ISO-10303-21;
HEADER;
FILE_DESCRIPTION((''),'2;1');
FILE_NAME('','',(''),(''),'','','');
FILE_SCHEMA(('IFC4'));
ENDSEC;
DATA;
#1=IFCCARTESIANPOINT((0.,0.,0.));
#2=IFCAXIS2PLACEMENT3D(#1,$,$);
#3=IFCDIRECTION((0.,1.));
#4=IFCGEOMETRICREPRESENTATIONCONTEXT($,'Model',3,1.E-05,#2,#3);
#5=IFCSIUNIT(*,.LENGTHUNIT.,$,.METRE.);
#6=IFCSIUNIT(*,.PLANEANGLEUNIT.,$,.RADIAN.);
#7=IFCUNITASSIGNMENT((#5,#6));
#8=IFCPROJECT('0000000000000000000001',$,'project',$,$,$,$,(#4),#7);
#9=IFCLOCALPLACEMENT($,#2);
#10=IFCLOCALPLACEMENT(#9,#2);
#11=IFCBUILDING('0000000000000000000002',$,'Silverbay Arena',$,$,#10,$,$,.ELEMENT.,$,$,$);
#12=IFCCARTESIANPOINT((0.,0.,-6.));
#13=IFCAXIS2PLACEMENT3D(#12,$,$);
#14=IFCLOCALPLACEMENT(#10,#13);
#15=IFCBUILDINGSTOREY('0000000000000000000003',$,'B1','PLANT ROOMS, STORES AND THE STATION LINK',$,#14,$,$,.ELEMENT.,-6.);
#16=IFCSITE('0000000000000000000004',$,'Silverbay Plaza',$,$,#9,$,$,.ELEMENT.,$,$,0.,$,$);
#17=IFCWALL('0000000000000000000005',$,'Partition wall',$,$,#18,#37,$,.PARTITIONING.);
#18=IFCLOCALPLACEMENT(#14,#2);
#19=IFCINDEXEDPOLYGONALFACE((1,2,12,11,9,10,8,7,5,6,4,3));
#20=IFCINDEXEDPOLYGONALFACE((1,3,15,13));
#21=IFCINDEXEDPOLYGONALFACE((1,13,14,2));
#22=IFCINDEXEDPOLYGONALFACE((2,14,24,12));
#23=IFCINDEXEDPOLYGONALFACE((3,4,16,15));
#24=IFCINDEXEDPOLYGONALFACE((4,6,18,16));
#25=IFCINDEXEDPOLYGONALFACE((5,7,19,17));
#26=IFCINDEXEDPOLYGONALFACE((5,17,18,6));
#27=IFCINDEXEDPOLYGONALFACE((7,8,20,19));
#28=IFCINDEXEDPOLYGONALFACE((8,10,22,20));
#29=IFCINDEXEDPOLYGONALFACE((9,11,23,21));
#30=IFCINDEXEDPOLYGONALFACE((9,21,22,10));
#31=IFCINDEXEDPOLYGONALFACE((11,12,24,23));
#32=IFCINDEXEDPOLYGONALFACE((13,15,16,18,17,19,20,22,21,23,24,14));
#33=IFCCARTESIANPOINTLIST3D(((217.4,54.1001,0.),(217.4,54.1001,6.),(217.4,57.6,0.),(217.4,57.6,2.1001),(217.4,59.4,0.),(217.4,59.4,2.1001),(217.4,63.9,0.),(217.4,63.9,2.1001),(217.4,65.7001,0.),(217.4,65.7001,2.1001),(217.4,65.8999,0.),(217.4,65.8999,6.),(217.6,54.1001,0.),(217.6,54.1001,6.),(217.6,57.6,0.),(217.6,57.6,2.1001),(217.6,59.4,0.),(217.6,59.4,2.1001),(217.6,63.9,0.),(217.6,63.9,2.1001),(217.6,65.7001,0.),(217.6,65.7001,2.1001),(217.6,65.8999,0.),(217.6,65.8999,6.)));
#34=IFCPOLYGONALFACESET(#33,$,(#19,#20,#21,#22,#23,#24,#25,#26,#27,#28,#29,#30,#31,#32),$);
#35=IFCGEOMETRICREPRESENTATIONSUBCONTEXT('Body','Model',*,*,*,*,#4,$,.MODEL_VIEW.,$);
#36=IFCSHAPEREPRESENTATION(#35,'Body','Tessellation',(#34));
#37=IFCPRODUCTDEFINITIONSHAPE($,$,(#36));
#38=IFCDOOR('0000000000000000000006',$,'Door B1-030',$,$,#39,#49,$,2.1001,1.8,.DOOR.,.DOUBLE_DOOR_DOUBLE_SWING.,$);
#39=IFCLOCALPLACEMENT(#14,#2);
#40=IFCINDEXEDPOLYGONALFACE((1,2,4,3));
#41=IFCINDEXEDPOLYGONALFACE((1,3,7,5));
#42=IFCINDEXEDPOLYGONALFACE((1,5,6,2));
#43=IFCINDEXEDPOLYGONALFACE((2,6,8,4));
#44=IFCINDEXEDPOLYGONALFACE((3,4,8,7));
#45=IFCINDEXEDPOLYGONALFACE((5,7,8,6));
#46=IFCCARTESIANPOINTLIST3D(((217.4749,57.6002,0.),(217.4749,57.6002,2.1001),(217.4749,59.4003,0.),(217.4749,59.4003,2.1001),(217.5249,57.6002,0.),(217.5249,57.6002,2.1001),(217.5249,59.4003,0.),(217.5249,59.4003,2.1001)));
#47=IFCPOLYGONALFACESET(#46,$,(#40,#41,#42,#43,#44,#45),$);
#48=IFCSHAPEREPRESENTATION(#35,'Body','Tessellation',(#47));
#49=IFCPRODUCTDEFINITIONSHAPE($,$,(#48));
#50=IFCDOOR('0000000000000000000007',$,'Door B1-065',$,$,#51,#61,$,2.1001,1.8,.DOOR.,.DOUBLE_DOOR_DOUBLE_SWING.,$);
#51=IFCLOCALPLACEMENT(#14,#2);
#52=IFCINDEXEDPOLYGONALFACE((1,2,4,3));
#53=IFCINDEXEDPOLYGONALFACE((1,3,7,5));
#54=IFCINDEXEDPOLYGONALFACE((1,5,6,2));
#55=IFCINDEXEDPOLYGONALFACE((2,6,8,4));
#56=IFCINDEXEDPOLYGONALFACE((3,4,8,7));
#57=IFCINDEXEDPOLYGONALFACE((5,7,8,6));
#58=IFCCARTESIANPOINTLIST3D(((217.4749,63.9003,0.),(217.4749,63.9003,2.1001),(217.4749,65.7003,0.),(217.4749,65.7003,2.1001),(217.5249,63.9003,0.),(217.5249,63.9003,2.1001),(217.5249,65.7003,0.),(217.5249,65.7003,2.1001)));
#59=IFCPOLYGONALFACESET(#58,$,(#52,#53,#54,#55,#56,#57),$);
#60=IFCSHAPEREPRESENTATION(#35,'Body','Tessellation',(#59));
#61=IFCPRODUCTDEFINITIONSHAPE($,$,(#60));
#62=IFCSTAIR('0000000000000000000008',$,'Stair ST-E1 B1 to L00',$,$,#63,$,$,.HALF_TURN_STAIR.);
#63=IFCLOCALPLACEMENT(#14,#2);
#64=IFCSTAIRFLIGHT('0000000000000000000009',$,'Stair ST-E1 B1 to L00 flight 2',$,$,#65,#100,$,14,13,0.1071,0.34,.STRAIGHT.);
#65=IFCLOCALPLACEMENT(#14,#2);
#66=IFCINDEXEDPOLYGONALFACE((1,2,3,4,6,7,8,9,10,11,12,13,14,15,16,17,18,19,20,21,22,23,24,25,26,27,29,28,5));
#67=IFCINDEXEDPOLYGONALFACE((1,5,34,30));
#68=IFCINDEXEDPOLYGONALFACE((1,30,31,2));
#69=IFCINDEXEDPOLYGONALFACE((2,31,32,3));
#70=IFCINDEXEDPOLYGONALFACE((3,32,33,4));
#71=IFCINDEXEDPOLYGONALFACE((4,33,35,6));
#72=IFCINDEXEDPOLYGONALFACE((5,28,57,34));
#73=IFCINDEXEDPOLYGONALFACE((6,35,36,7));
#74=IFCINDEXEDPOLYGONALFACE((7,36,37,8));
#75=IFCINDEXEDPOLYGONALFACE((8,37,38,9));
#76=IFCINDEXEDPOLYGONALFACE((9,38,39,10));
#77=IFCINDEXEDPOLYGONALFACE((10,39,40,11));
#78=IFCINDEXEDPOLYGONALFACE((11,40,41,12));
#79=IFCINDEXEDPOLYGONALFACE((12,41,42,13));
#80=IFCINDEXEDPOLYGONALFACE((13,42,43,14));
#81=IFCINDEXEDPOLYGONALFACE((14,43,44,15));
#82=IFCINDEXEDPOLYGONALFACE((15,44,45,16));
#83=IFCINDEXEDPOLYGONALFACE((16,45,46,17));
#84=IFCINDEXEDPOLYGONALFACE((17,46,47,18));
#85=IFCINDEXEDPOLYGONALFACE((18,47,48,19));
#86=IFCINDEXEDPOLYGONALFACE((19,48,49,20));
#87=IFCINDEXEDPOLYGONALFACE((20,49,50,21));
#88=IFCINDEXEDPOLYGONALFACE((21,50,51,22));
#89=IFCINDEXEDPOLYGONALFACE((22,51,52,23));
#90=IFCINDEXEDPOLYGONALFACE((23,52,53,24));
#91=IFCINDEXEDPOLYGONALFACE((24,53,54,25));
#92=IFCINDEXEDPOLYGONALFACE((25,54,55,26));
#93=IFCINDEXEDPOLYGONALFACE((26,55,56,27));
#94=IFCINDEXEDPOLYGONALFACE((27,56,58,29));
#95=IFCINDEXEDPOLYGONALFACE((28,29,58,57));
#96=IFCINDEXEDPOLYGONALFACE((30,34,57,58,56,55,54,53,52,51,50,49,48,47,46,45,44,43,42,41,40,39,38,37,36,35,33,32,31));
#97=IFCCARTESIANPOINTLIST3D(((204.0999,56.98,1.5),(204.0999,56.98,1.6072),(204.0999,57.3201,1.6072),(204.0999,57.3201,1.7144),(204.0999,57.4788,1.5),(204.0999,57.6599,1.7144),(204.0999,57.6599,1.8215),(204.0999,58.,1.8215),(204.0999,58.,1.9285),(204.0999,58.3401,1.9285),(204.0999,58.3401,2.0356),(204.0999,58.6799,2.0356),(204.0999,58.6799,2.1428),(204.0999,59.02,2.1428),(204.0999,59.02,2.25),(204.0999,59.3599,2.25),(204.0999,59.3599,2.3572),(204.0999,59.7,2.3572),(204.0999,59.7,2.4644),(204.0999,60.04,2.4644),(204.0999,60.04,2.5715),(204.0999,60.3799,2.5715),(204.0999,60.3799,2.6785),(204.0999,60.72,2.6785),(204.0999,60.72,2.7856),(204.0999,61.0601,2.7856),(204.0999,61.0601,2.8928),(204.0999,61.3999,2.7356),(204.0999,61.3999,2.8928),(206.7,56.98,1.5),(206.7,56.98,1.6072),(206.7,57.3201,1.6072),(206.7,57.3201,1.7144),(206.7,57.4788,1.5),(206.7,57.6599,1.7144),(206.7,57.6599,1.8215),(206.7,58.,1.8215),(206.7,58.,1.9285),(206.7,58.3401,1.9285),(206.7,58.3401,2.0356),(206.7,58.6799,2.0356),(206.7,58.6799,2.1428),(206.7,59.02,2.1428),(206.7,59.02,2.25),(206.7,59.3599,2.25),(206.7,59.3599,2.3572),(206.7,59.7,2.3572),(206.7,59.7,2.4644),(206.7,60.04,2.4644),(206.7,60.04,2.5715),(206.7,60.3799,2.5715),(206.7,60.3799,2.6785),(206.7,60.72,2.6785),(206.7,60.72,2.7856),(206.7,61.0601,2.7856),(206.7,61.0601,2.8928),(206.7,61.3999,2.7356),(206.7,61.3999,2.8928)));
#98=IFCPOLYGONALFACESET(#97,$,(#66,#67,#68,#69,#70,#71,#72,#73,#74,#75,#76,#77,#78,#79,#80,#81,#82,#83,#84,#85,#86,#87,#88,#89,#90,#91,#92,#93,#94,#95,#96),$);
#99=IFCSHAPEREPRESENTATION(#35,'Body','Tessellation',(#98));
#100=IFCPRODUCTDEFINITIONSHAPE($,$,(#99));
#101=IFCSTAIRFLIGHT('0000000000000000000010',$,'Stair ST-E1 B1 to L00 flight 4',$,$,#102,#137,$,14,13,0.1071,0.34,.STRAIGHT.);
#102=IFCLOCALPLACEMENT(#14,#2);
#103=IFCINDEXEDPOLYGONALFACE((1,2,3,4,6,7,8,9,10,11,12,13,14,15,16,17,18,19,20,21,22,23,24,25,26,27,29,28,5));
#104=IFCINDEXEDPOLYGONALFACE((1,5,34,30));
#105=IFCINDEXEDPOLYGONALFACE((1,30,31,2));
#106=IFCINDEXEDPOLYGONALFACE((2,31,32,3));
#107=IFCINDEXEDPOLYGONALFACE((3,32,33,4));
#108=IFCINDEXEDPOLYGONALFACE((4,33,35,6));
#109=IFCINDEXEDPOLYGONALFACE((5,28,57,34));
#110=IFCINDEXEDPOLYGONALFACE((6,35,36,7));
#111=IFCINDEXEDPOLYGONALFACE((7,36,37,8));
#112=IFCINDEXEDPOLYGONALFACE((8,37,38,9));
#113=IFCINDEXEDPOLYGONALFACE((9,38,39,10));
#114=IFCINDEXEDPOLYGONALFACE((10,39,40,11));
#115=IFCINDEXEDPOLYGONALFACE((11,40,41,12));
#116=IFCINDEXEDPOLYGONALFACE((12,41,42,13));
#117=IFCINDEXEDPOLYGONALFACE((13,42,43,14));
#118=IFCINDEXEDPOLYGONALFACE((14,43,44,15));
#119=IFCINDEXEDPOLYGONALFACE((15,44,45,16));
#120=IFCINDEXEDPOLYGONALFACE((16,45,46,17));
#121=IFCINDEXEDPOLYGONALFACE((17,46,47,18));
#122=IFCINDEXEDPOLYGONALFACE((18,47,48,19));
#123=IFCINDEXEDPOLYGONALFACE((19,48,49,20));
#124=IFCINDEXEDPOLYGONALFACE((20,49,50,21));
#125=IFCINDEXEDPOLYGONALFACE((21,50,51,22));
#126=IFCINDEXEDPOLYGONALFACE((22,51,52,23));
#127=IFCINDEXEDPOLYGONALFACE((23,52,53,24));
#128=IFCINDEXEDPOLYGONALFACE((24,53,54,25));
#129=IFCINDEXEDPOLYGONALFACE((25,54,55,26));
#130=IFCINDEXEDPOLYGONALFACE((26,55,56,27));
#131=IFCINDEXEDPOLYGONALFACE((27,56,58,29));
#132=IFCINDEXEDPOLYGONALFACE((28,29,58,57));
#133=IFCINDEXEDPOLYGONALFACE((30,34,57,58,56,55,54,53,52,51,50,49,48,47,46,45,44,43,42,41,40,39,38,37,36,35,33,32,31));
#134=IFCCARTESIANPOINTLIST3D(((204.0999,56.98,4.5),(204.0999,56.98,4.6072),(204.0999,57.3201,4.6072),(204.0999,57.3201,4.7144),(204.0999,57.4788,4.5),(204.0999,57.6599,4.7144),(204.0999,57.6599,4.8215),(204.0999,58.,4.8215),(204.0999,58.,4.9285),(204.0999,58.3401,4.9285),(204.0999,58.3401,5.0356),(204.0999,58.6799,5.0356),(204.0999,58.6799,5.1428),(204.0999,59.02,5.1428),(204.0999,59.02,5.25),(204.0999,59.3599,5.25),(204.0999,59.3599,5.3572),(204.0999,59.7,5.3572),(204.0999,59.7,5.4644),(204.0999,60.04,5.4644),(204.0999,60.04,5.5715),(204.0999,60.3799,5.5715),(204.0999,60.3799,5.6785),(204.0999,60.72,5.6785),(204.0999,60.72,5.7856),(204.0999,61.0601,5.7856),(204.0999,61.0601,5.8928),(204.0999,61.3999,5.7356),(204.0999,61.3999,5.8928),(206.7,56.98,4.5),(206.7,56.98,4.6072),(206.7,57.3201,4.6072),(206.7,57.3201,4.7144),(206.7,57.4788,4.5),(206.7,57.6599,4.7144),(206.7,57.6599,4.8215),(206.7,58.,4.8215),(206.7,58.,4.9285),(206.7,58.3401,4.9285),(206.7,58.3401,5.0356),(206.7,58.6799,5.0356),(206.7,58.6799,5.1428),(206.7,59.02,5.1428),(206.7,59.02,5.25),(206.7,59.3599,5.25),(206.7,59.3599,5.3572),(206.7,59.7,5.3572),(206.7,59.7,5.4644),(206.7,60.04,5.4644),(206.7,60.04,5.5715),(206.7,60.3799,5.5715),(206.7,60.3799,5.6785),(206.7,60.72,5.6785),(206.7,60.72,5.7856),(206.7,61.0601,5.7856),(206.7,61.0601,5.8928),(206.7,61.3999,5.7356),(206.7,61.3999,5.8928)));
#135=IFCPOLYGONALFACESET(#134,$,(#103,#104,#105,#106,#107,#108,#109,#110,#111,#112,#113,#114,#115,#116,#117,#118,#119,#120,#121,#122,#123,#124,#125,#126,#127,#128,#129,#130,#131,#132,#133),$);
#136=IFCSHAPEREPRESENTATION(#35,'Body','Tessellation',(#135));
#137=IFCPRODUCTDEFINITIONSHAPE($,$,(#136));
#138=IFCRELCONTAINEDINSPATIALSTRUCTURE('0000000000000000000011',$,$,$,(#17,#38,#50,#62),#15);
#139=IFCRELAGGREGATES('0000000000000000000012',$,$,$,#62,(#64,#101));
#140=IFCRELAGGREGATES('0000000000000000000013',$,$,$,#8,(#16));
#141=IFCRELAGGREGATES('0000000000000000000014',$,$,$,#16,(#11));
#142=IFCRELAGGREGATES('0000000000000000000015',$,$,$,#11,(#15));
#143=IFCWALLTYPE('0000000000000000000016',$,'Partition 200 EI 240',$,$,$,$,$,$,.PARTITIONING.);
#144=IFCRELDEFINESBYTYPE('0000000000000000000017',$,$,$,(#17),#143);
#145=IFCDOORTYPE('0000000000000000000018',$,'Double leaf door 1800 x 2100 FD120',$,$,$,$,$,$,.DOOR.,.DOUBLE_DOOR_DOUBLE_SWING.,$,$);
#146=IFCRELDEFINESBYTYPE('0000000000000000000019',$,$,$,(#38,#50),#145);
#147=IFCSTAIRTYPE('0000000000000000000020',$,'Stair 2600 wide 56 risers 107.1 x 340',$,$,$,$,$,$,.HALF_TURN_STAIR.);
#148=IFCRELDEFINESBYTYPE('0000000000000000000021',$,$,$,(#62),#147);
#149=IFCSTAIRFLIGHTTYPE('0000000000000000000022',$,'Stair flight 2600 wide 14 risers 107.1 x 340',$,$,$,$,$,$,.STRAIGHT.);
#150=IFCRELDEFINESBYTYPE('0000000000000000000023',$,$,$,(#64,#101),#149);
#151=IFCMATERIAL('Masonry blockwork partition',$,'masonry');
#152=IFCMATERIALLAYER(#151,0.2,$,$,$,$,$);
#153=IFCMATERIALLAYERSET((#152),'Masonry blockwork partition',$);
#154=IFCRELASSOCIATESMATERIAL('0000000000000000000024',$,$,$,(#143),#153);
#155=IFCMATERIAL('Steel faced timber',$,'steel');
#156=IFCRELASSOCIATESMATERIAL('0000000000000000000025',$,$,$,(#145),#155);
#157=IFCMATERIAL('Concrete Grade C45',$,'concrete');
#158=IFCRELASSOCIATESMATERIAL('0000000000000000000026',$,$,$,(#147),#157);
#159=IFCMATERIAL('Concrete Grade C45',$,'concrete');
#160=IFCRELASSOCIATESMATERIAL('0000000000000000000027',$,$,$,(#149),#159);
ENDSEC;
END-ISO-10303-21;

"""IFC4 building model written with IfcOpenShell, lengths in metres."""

from ifc_helpers import new_model, si_unit, direction, frame, frame_2d, origin, place, context, subcontext, project, spatial, polyline, rectangle, outline, extrude, material, layer, layer_set, type_object, element, fill, aggregate, save


model = new_model("IFC4")

# Units and contexts
model_context = context("Model", 3, precision=1e-05, world=origin(), true_north=direction((0.0, 1.0)))
body_context = subcontext(model_context, "Body", "Model", "MODEL_VIEW")
ifc_project = project(units=[si_unit("LENGTHUNIT", "METRE"), si_unit("PLANEANGLEUNIT", "RADIAN")], contexts=[model_context])

# Site, building, storey
site_placement = place(None, origin())
site = spatial("IfcSite", under=ifc_project, at=site_placement, Name="Silverbay Plaza", CompositionType="ELEMENT", RefElevation=0.0)
building_placement = place(site_placement, origin())
building = spatial("IfcBuilding", under=site, at=building_placement, Name="Silverbay Arena", CompositionType="ELEMENT")
storey_placement = place(building_placement, frame((0.0, 0.0, -6.0)))
storey = spatial("IfcBuildingStorey", under=building, at=storey_placement, Name="B1", Description="PLANT ROOMS, STORES AND THE STATION LINK", CompositionType="ELEMENT", Elevation=-6.0)

# Shared definitions
ifc_material_1 = material(Name="Masonry blockwork partition", Category="masonry")
ifc_layer = layer(ifc_material_1, 0.2)
ifc_layer_set = layer_set([ifc_layer], Name="Masonry blockwork partition")
wall_type = type_object("IfcWallType", Name="Partition 200 EI 240", PredefinedType="PARTITIONING", material=ifc_layer_set)

# Wall, openings, doors
wall_1_placement = place(storey_placement, frame((217.5, 54.1001, 0.0), z_axis=(0.0, 0.0, 1.0), x_axis=(0.0, 1.0, 0.0)))
wall_1 = element("IfcWall", 1, at=wall_1_placement, inside=storey, type_object=wall_type, Name="Partition wall", PredefinedType="PARTITIONING", context=body_context, shape_type="SweptSolid", body=[
    extrude(rectangle(XDim=11.7998, YDim=0.2, at=frame_2d((5.8999, 0.0))), origin(), (0.0, 0.0, 1.0), 6.0),
])
opening_1_placement = place(wall_1_placement, frame((3.5, 0.0, 0.0)))
opening_1 = element("IfcOpeningElement", 2, at=opening_1_placement, cuts=wall_1, PredefinedType="OPENING", context=body_context, shape_type="SweptSolid", body=[
    extrude(rectangle(XDim=1.8, YDim=2.1001, at=frame_2d((0.8999, 1.05))), frame((0.0, 0.1099, 0.0), z_axis=(0.0, -1.0, 0.0), x_axis=(1.0, 0.0, 0.0)), (0.0, 0.0, 1.0), 0.22),
])
opening_2_placement = place(wall_1_placement, frame((9.8, 0.0, 0.0)))
opening_2 = element("IfcOpeningElement", 3, at=opening_2_placement, cuts=wall_1, PredefinedType="OPENING", context=body_context, shape_type="SweptSolid", body=[
    extrude(rectangle(XDim=1.8, YDim=2.1001, at=frame_2d((0.8999, 1.05))), frame((0.0, 0.1099, 0.0), z_axis=(0.0, -1.0, 0.0), x_axis=(1.0, 0.0, 0.0)), (0.0, 0.0, 1.0), 0.22),
])
ifc_material_2 = material(Name="Steel faced timber", Category="steel")
door_type_1 = type_object("IfcDoorType", Name="Double leaf door 1800 x 2100 FD120", OperationType="DOUBLE_DOOR_DOUBLE_SWING", PredefinedType="DOOR", material=ifc_material_2)
door_1_placement = place(opening_1_placement, frame((1.8, 0.0, 0.0), z_axis=(0.0, 0.0, 1.0), x_axis=(-1.0, 0.0, 0.0)))
door_1 = element("IfcDoor", 4, at=door_1_placement, inside=storey, type_object=door_type_1, Name="Door B1-030", OperationType="DOUBLE_DOOR_DOUBLE_SWING", OverallHeight=2.1001, OverallWidth=1.8, PredefinedType="DOOR", context=body_context, shape_type="SweptSolid", body=[
    extrude(rectangle(XDim=1.8, YDim=2.1001, at=frame_2d((0.8999, 1.05))), frame((0.0, 0.0249, 0.0), z_axis=(0.0, -1.0, 0.0), x_axis=(1.0, 0.0, 0.0)), (0.0, 0.0, 1.0), 0.05),
])
fill(opening_1, door_1)
door_2_placement = place(opening_2_placement, frame((1.8, 0.0, 0.0), z_axis=(0.0, 0.0, 1.0), x_axis=(-1.0, 0.0, 0.0)))
door_2 = element("IfcDoor", 5, at=door_2_placement, inside=storey, type_object=door_type_1, Name="Door B1-065", OperationType="DOUBLE_DOOR_DOUBLE_SWING", OverallHeight=2.1001, OverallWidth=1.8, PredefinedType="DOOR", context=body_context, shape_type="SweptSolid", body=[
    extrude(rectangle(XDim=1.8, YDim=2.1001, at=frame_2d((0.8999, 1.05))), frame((0.0, 0.0249, 0.0), z_axis=(0.0, -1.0, 0.0), x_axis=(1.0, 0.0, 0.0)), (0.0, 0.0, 1.0), 0.05),
])
fill(opening_2, door_2)

# Stair, stair flights
ifc_material_3 = material(Name="Concrete Grade C45", Category="concrete")
stair_type = type_object("IfcStairType", Name="Stair 2600 wide 56 risers 107.1 x 340", PredefinedType="HALF_TURN_STAIR", material=ifc_material_3)
stair_placement = place(storey_placement, origin())
stair = element("IfcStair", 6, at=stair_placement, inside=storey, type_object=stair_type, Name="Stair ST-E1 B1 to L00", PredefinedType="HALF_TURN_STAIR")
ifc_material_4 = material(Name="Concrete Grade C45", Category="concrete")
stair_flight_type = type_object("IfcStairFlightType", Name="Stair flight 2600 wide 14 risers 107.1 x 340", PredefinedType="STRAIGHT", material=ifc_material_4)
stair_flight_1_placement = place(storey_placement, frame((205.3999, 56.98, 1.5), z_axis=(0.0, 0.0, 1.0), x_axis=(0.0, 1.0, 0.0)))
stair_flight_1 = element("IfcStairFlight", 7, at=stair_flight_1_placement, type_object=stair_flight_type, Name="Stair ST-E1 B1 to L00 flight 2", NumberOfRisers=14, NumberOfTreads=13, PredefinedType="STRAIGHT", RiserHeight=0.1071, TreadLength=0.34, context=body_context, shape_type="SweptSolid", body=[
    extrude(outline(polyline([(0.0, 0.0), (0.0, 0.1072), (0.3401, 0.1072), (0.3401, 0.2144), (0.6799, 0.2144), (0.6799, 0.3215), (1.02, 0.3215), (1.02, 0.4285), (1.3601, 0.4285), (1.3601, 0.5356), (1.7, 0.5356), (1.7, 0.6428), (2.04, 0.6428), (2.04, 0.75), (2.3799, 0.75), (2.3799, 0.8572), (2.72, 0.8572), (2.72, 0.9644), (3.0601, 0.9644), (3.0601, 1.0715), (3.3999, 1.0715), (3.3999, 1.1785), (3.74, 1.1785), (3.74, 1.2856), (4.0801, 1.2856), (4.0801, 1.3928), (4.4199, 1.3928), (4.4199, 1.2356), (0.4988, 0.0), (0.0, 0.0)])), frame((0.0, 1.3, 0.0), z_axis=(0.0, -1.0, 0.0), x_axis=(1.0, 0.0, 0.0)), (0.0, 0.0, 1.0), 2.6001),
])
stair_flight_2_placement = place(storey_placement, frame((205.3999, 56.98, 4.5), z_axis=(0.0, 0.0, 1.0), x_axis=(0.0, 1.0, 0.0)))
stair_flight_2 = element("IfcStairFlight", 8, at=stair_flight_2_placement, type_object=stair_flight_type, Name="Stair ST-E1 B1 to L00 flight 4", NumberOfRisers=14, NumberOfTreads=13, PredefinedType="STRAIGHT", RiserHeight=0.1071, TreadLength=0.34, context=body_context, shape_type="SweptSolid", body=[
    extrude(outline(polyline([(0.0, 0.0), (0.0, 0.1072), (0.3401, 0.1072), (0.3401, 0.2144), (0.6799, 0.2144), (0.6799, 0.3215), (1.02, 0.3215), (1.02, 0.4285), (1.3601, 0.4285), (1.3601, 0.5356), (1.7, 0.5356), (1.7, 0.6428), (2.04, 0.6428), (2.04, 0.75), (2.3799, 0.75), (2.3799, 0.8572), (2.72, 0.8572), (2.72, 0.9644), (3.0601, 0.9644), (3.0601, 1.0715), (3.3999, 1.0715), (3.3999, 1.1785), (3.74, 1.1785), (3.74, 1.2856), (4.0801, 1.2856), (4.0801, 1.3928), (4.4199, 1.3928), (4.4199, 1.2356), (0.4988, 0.0), (0.0, 0.0)])), frame((0.0, 1.3, 0.0), z_axis=(0.0, -1.0, 0.0), x_axis=(1.0, 0.0, 0.0)), (0.0, 0.0, 1.0), 2.6001),
])
aggregate(stair, [stair_flight_1, stair_flight_2])

save(model, "model.ifc")
